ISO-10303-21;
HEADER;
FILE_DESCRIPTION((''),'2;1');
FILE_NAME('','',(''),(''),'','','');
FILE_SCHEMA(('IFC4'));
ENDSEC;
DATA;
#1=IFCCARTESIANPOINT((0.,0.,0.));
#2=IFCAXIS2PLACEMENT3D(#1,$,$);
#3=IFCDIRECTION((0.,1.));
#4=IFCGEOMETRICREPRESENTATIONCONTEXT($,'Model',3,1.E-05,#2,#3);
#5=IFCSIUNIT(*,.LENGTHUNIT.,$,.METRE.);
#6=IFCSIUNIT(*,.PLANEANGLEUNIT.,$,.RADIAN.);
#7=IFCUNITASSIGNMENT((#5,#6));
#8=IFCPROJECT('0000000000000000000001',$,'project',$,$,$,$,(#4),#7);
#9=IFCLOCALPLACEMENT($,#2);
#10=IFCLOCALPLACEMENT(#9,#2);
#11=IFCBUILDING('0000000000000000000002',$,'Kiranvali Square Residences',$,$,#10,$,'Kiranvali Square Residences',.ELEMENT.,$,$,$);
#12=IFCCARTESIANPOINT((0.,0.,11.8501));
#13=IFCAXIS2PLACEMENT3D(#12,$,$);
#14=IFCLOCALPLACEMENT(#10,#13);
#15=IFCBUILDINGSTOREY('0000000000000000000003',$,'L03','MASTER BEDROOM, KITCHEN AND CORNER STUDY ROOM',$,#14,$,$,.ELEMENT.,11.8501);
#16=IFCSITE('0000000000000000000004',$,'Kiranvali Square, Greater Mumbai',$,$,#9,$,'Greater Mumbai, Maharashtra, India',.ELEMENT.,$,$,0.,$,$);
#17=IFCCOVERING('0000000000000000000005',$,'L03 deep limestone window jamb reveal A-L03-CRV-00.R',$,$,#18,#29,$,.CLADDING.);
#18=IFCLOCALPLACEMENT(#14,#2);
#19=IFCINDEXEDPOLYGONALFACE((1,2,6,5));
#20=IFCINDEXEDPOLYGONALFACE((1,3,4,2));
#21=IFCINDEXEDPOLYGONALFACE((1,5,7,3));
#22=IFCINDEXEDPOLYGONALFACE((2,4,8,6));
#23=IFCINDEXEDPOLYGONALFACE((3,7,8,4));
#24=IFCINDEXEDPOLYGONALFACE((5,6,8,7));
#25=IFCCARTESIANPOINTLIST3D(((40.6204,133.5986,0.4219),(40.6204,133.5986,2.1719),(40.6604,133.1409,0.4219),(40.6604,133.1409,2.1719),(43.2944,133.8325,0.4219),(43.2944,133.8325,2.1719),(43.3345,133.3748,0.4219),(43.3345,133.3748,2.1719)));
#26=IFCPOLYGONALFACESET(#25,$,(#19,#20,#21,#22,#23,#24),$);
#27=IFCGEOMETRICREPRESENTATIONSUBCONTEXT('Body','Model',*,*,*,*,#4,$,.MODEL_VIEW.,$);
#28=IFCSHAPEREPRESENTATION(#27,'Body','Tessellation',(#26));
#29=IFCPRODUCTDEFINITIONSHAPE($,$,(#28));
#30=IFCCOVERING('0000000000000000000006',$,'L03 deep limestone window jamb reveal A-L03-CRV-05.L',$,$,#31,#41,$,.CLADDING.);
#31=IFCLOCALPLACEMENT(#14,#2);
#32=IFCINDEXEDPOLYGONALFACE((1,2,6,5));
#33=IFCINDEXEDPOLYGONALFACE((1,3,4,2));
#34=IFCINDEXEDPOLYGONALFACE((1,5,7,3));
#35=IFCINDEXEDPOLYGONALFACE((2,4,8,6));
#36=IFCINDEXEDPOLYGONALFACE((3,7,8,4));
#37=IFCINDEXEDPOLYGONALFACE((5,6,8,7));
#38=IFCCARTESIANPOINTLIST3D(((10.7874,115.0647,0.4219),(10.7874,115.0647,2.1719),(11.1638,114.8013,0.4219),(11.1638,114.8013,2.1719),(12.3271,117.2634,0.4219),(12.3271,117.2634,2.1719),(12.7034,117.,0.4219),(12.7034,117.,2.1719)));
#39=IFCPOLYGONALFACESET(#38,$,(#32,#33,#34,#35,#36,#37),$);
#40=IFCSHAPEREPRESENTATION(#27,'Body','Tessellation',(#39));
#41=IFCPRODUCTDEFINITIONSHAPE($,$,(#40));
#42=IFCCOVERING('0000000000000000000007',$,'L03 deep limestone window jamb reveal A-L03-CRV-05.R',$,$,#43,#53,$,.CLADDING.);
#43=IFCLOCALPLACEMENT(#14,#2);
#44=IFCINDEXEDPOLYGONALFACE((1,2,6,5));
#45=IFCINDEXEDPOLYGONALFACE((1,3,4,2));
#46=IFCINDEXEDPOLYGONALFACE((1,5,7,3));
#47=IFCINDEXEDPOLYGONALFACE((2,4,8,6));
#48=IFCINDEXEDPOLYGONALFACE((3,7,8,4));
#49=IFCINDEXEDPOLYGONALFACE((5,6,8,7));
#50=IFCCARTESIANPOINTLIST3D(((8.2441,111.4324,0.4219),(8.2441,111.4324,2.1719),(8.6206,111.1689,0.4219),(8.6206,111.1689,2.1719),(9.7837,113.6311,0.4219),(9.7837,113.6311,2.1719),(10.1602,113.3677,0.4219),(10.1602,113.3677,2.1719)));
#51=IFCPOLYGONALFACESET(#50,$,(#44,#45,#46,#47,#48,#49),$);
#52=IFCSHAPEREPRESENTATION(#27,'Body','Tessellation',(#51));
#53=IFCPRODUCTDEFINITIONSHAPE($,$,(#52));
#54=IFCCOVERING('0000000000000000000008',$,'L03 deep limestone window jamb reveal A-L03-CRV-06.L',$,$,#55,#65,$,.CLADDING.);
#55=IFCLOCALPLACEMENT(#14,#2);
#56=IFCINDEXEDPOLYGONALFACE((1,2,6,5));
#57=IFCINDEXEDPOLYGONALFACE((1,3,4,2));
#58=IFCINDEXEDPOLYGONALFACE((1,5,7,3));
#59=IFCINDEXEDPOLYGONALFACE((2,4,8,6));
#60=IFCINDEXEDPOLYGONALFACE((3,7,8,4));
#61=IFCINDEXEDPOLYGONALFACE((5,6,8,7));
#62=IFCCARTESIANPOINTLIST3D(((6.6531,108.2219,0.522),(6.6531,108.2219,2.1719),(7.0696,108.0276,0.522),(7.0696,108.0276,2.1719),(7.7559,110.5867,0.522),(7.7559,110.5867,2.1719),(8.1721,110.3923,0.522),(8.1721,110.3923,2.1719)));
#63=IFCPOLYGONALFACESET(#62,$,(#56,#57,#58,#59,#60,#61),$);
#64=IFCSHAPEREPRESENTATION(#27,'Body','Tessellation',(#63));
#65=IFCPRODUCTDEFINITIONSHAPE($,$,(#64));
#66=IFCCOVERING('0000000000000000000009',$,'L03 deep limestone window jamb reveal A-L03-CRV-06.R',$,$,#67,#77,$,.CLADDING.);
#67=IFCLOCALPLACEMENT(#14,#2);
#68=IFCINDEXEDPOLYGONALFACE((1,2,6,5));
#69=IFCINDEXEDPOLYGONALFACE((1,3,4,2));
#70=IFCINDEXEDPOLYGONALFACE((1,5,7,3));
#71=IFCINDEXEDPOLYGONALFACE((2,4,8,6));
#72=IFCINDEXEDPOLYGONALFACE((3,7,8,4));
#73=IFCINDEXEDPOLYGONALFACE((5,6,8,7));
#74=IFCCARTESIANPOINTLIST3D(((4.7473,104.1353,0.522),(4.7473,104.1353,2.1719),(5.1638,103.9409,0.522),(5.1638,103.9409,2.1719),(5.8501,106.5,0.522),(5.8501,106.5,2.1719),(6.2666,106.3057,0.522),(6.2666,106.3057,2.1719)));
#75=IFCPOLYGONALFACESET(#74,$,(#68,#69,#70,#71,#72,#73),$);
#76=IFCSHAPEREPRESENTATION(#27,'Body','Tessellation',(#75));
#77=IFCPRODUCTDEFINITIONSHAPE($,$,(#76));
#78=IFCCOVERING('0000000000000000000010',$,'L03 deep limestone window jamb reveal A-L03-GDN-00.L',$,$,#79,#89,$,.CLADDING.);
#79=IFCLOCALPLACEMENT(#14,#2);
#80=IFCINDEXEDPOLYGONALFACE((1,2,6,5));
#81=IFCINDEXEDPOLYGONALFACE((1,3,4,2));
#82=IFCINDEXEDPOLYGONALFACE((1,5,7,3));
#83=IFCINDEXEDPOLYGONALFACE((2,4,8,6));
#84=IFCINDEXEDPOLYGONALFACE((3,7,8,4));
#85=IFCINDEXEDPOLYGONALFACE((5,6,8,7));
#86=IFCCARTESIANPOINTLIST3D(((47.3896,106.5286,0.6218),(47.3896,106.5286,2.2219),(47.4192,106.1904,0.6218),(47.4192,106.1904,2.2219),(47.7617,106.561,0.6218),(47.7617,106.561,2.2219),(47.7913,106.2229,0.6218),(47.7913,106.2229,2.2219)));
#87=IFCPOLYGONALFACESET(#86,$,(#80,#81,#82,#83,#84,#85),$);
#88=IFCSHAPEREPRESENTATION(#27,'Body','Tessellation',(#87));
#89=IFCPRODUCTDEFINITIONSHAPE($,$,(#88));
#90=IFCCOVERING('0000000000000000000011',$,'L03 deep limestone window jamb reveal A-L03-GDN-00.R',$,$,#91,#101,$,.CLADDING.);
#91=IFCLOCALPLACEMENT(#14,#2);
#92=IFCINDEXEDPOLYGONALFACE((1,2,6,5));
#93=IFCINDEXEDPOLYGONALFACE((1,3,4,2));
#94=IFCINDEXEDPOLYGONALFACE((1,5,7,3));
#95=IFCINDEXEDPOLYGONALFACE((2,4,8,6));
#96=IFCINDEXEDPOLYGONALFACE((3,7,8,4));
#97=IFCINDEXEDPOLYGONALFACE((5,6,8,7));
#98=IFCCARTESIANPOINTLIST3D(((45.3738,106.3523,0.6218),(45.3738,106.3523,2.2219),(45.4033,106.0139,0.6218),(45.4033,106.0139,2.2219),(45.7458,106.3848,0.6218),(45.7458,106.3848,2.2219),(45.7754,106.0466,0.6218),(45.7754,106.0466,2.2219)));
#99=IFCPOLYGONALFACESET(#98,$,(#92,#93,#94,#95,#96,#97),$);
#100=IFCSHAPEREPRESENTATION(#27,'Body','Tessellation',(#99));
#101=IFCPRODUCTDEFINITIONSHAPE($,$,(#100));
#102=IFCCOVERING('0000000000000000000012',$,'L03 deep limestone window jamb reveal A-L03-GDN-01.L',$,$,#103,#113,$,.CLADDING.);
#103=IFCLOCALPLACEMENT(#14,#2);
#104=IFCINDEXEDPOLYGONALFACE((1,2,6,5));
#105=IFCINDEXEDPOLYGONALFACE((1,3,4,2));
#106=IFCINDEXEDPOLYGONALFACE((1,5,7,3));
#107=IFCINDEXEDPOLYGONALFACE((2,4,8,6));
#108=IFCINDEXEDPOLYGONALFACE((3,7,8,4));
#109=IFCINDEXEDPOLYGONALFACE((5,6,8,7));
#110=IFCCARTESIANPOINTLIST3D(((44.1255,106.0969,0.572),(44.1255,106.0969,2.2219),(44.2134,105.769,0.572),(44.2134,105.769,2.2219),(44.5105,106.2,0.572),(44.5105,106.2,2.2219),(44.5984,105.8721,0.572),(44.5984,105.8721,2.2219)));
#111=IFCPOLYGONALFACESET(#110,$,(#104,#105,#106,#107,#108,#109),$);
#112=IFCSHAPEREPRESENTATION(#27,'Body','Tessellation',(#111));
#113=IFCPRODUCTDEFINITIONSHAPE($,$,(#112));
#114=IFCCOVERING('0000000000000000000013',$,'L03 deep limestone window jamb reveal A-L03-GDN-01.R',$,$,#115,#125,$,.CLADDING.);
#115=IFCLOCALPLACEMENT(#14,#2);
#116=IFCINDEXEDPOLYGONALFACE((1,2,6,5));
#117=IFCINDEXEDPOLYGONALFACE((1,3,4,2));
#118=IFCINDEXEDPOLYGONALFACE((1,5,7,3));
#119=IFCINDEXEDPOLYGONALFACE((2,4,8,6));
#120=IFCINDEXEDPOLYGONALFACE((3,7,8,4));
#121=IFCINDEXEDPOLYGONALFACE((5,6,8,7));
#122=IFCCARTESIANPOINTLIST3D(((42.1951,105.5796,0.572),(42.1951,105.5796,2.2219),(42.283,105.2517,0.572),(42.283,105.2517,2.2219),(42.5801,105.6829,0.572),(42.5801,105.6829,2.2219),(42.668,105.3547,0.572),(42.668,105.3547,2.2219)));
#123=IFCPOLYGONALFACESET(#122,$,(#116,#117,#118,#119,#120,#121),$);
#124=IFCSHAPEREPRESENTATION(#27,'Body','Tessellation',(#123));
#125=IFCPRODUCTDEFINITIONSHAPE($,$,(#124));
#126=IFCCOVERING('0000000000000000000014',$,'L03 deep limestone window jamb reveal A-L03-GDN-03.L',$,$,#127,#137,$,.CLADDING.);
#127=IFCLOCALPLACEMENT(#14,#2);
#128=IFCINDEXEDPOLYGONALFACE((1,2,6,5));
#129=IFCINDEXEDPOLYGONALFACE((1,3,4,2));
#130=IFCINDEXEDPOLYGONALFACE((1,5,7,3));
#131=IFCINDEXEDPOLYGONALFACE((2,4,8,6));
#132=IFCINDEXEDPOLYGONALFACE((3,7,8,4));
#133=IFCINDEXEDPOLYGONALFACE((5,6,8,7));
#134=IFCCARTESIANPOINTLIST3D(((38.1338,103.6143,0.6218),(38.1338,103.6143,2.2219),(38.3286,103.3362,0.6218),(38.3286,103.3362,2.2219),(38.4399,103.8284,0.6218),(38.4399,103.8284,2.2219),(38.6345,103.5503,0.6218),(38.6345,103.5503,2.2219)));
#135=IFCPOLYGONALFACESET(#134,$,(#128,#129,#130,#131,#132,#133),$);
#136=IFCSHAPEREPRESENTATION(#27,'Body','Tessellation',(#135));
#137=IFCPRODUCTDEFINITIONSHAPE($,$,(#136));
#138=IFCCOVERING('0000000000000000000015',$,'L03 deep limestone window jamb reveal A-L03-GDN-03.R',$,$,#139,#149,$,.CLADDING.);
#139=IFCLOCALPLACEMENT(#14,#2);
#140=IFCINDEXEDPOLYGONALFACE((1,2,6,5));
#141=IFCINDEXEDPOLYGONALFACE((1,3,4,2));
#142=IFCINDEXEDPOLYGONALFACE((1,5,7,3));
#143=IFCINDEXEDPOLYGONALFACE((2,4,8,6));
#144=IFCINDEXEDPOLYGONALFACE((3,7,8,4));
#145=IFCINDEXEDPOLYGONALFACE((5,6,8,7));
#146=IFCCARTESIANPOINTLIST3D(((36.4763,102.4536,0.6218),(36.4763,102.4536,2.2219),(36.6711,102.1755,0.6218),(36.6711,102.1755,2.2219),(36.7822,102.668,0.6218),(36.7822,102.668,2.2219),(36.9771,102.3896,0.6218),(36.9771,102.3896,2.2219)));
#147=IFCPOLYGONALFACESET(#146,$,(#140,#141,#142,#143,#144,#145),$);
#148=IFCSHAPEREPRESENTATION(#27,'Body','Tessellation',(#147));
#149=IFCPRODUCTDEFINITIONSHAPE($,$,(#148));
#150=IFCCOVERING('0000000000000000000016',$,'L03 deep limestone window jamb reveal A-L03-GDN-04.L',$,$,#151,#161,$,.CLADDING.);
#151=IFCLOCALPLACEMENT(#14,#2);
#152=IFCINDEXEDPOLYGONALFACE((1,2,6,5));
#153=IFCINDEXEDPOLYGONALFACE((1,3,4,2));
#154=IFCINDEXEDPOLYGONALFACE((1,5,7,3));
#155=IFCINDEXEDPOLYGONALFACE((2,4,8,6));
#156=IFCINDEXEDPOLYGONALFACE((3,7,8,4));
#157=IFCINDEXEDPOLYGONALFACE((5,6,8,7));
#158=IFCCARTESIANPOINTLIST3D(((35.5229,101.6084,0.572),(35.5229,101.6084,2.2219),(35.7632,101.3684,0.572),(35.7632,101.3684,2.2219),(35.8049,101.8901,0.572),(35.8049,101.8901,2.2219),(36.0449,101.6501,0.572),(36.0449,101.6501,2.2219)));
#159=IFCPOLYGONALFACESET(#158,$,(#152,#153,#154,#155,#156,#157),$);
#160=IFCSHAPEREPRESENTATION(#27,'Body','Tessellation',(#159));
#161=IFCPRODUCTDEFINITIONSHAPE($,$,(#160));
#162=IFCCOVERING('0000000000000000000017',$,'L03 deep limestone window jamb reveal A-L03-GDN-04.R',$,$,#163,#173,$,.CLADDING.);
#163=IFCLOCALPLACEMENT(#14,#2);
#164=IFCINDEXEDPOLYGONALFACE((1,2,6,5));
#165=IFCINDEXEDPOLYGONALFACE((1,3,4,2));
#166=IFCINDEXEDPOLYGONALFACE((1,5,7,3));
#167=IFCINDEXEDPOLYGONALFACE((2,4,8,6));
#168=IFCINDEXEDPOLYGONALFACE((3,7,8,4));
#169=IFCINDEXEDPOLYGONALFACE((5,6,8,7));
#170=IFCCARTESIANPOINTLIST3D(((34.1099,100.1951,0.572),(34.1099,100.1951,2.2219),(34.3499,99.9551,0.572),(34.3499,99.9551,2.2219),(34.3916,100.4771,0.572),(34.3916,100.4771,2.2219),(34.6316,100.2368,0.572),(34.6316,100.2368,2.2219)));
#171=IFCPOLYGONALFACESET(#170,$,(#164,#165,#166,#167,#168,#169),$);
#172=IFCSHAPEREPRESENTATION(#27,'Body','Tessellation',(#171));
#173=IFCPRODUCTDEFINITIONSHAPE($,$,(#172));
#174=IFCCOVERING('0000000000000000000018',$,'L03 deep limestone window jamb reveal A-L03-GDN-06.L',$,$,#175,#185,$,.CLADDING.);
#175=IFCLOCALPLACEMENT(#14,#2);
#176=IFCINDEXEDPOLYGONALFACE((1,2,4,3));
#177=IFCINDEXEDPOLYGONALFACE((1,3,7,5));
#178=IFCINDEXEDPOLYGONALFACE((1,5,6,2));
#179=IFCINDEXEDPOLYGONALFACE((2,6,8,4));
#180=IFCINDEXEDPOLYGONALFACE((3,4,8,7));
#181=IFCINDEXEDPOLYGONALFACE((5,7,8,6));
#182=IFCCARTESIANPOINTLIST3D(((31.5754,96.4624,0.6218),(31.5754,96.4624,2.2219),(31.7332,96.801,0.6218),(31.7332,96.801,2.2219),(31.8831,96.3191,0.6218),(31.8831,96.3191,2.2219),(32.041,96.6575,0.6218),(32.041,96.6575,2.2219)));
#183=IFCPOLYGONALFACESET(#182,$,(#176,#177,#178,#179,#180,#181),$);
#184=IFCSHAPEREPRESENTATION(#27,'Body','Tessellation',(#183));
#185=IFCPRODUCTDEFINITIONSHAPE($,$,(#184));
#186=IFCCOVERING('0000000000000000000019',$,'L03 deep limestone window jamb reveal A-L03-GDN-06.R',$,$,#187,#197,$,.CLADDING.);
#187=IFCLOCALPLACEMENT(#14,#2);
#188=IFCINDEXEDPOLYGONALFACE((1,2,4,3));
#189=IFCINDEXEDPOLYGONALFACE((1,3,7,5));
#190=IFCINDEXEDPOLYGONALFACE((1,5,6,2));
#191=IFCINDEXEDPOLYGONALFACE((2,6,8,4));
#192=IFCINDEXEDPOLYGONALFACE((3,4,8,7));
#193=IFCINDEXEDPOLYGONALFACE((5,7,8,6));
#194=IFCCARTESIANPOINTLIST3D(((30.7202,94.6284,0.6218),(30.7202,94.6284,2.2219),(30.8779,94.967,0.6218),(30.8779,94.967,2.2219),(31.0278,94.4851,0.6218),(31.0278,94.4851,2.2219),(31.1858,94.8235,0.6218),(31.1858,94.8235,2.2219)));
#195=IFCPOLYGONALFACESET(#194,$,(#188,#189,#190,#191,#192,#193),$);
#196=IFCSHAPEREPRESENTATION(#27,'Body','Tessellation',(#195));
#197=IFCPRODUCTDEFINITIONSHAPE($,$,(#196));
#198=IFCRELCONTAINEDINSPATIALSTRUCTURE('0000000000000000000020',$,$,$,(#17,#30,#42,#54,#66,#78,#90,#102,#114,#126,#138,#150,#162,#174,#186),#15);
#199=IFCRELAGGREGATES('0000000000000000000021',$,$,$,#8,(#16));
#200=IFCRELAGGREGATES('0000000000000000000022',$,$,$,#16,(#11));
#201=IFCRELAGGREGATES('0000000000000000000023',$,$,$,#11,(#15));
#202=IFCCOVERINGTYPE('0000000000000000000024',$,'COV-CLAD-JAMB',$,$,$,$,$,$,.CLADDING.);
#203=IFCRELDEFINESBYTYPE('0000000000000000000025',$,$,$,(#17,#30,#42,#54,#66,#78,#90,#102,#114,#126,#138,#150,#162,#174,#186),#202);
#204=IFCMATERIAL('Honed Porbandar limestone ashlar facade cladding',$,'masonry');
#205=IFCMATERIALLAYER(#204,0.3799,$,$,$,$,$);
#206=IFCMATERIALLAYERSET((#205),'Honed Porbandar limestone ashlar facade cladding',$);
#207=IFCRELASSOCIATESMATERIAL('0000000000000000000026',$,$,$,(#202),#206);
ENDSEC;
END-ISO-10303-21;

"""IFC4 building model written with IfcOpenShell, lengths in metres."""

from ifc_helpers import new_model, si_unit, direction, frame, origin, place, context, subcontext, project, spatial, polyline, outline, extrude, material, layer, layer_set, type_object, element, save


model = new_model("IFC4")

# Units and contexts
model_context = context("Model", 3, precision=1e-05, world=origin(), true_north=direction((0.0, 1.0)))
body_context = subcontext(model_context, "Body", "Model", "MODEL_VIEW")
ifc_project = project(units=[si_unit("LENGTHUNIT", "METRE"), si_unit("PLANEANGLEUNIT", "RADIAN")], contexts=[model_context])

# Site, building, storey
site_placement = place(None, origin())
site = spatial("IfcSite", under=ifc_project, at=site_placement, Name="Kiranvali Square, Greater Mumbai", LongName="Greater Mumbai, Maharashtra, India", CompositionType="ELEMENT", RefElevation=0.0)
building_placement = place(site_placement, origin())
building = spatial("IfcBuilding", under=site, at=building_placement, Name="Kiranvali Square Residences", LongName="Kiranvali Square Residences", CompositionType="ELEMENT")
storey_placement = place(building_placement, frame((0.0, 0.0, 11.8501)))
storey = spatial("IfcBuildingStorey", under=building, at=storey_placement, Name="L03", Description="MASTER BEDROOM, KITCHEN AND CORNER STUDY ROOM", CompositionType="ELEMENT", Elevation=11.8501)

# Coverings
ifc_material = material(Name="Honed Porbandar limestone ashlar facade cladding", Category="masonry")
ifc_layer = layer(ifc_material, 0.3799)
ifc_layer_set = layer_set([ifc_layer], Name="Honed Porbandar limestone ashlar facade cladding")
covering_type = type_object("IfcCoveringType", Name="COV-CLAD-JAMB", PredefinedType="CLADDING", material=ifc_layer_set)
covering_1_placement = place(storey_placement, frame((0.0, 0.0, 0.4219)))
element("IfcCovering", 1, at=covering_1_placement, inside=storey, type_object=covering_type, Name="L03 deep limestone window jamb reveal A-L03-CRV-00.R", PredefinedType="CLADDING", context=body_context, shape_type="SweptSolid", body=[
    extrude(outline(polyline([(43.2944, 133.8325), (40.6204, 133.5986), (40.6604, 133.1409), (43.3345, 133.3748), (43.2944, 133.8325)])), origin(), (0.0, 0.0, 1.0), 1.75),
])
covering_2_placement = place(storey_placement, frame((0.0, 0.0, 0.4219)))
element("IfcCovering", 2, at=covering_2_placement, inside=storey, type_object=covering_type, Name="L03 deep limestone window jamb reveal A-L03-CRV-05.L", PredefinedType="CLADDING", context=body_context, shape_type="SweptSolid", body=[
    extrude(outline(polyline([(12.3271, 117.2634), (10.7874, 115.0647), (11.1638, 114.8013), (12.7034, 117.0), (12.3271, 117.2634)])), origin(), (0.0, 0.0, 1.0), 1.75),
])
covering_3_placement = place(storey_placement, frame((0.0, 0.0, 0.4219)))
element("IfcCovering", 3, at=covering_3_placement, inside=storey, type_object=covering_type, Name="L03 deep limestone window jamb reveal A-L03-CRV-05.R", PredefinedType="CLADDING", context=body_context, shape_type="SweptSolid", body=[
    extrude(outline(polyline([(9.7837, 113.6311), (8.2441, 111.4324), (8.6206, 111.1689), (10.1602, 113.3677), (9.7837, 113.6311)])), origin(), (0.0, 0.0, 1.0), 1.75),
])
covering_4_placement = place(storey_placement, frame((0.0, 0.0, 0.522)))
element("IfcCovering", 4, at=covering_4_placement, inside=storey, type_object=covering_type, Name="L03 deep limestone window jamb reveal A-L03-CRV-06.L", PredefinedType="CLADDING", context=body_context, shape_type="SweptSolid", body=[
    extrude(outline(polyline([(7.7559, 110.5867), (6.6531, 108.2219), (7.0696, 108.0276), (8.1721, 110.3923), (7.7559, 110.5867)])), origin(), (0.0, 0.0, 1.0), 1.6499),
])
covering_5_placement = place(storey_placement, frame((0.0, 0.0, 0.522)))
element("IfcCovering", 5, at=covering_5_placement, inside=storey, type_object=covering_type, Name="L03 deep limestone window jamb reveal A-L03-CRV-06.R", PredefinedType="CLADDING", context=body_context, shape_type="SweptSolid", body=[
    extrude(outline(polyline([(5.8501, 106.5), (4.7473, 104.1353), (5.1638, 103.9409), (6.2666, 106.3057), (5.8501, 106.5)])), origin(), (0.0, 0.0, 1.0), 1.6499),
])
covering_6_placement = place(storey_placement, frame((0.0, 0.0, 0.6218)))
element("IfcCovering", 6, at=covering_6_placement, inside=storey, type_object=covering_type, Name="L03 deep limestone window jamb reveal A-L03-GDN-00.L", PredefinedType="CLADDING", context=body_context, shape_type="SweptSolid", body=[
    extrude(outline(polyline([(47.7617, 106.561), (47.3896, 106.5286), (47.4192, 106.1904), (47.7913, 106.2229), (47.7617, 106.561)])), origin(), (0.0, 0.0, 1.0), 1.6001),
])
covering_7_placement = place(storey_placement, frame((0.0, 0.0, 0.6218)))
element("IfcCovering", 7, at=covering_7_placement, inside=storey, type_object=covering_type, Name="L03 deep limestone window jamb reveal A-L03-GDN-00.R", PredefinedType="CLADDING", context=body_context, shape_type="SweptSolid", body=[
    extrude(outline(polyline([(45.7458, 106.3848), (45.3738, 106.3523), (45.4033, 106.0139), (45.7754, 106.0466), (45.7458, 106.3848)])), origin(), (0.0, 0.0, 1.0), 1.6001),
])
covering_8_placement = place(storey_placement, frame((0.0, 0.0, 0.572)))
element("IfcCovering", 8, at=covering_8_placement, inside=storey, type_object=covering_type, Name="L03 deep limestone window jamb reveal A-L03-GDN-01.L", PredefinedType="CLADDING", context=body_context, shape_type="SweptSolid", body=[
    extrude(outline(polyline([(44.5105, 106.2), (44.1255, 106.0969), (44.2134, 105.769), (44.5984, 105.8721), (44.5105, 106.2)])), origin(), (0.0, 0.0, 1.0), 1.6499),
])
covering_9_placement = place(storey_placement, frame((0.0, 0.0, 0.572)))
element("IfcCovering", 9, at=covering_9_placement, inside=storey, type_object=covering_type, Name="L03 deep limestone window jamb reveal A-L03-GDN-01.R", PredefinedType="CLADDING", context=body_context, shape_type="SweptSolid", body=[
    extrude(outline(polyline([(42.5801, 105.6829), (42.1951, 105.5796), (42.283, 105.2517), (42.668, 105.3547), (42.5801, 105.6829)])), origin(), (0.0, 0.0, 1.0), 1.6499),
])
covering_10_placement = place(storey_placement, frame((0.0, 0.0, 0.6218)))
element("IfcCovering", 10, at=covering_10_placement, inside=storey, type_object=covering_type, Name="L03 deep limestone window jamb reveal A-L03-GDN-03.L", PredefinedType="CLADDING", context=body_context, shape_type="SweptSolid", body=[
    extrude(outline(polyline([(38.4399, 103.8284), (38.1338, 103.6143), (38.3286, 103.3362), (38.6345, 103.5503), (38.4399, 103.8284)])), origin(), (0.0, 0.0, 1.0), 1.6001),
])
covering_11_placement = place(storey_placement, frame((0.0, 0.0, 0.6218)))
element("IfcCovering", 11, at=covering_11_placement, inside=storey, type_object=covering_type, Name="L03 deep limestone window jamb reveal A-L03-GDN-03.R", PredefinedType="CLADDING", context=body_context, shape_type="SweptSolid", body=[
    extrude(outline(polyline([(36.7822, 102.668), (36.4763, 102.4536), (36.6711, 102.1755), (36.9771, 102.3896), (36.7822, 102.668)])), origin(), (0.0, 0.0, 1.0), 1.6001),
])
covering_12_placement = place(storey_placement, frame((0.0, 0.0, 0.572)))
element("IfcCovering", 12, at=covering_12_placement, inside=storey, type_object=covering_type, Name="L03 deep limestone window jamb reveal A-L03-GDN-04.L", PredefinedType="CLADDING", context=body_context, shape_type="SweptSolid", body=[
    extrude(outline(polyline([(35.8049, 101.8901), (35.5229, 101.6084), (35.7632, 101.3684), (36.0449, 101.6501), (35.8049, 101.8901)])), origin(), (0.0, 0.0, 1.0), 1.6499),
])
covering_13_placement = place(storey_placement, frame((0.0, 0.0, 0.572)))
element("IfcCovering", 13, at=covering_13_placement, inside=storey, type_object=covering_type, Name="L03 deep limestone window jamb reveal A-L03-GDN-04.R", PredefinedType="CLADDING", context=body_context, shape_type="SweptSolid", body=[
    extrude(outline(polyline([(34.3916, 100.4771), (34.1099, 100.1951), (34.3499, 99.9551), (34.6316, 100.2368), (34.3916, 100.4771)])), origin(), (0.0, 0.0, 1.0), 1.6499),
])
covering_14_placement = place(storey_placement, frame((0.0, 0.0, 0.6218)))
element("IfcCovering", 14, at=covering_14_placement, inside=storey, type_object=covering_type, Name="L03 deep limestone window jamb reveal A-L03-GDN-06.L", PredefinedType="CLADDING", context=body_context, shape_type="SweptSolid", body=[
    extrude(outline(polyline([(31.7332, 96.801), (31.5754, 96.4624), (31.8831, 96.3191), (32.041, 96.6575), (31.7332, 96.801)])), origin(), (0.0, 0.0, 1.0), 1.6001),
])
covering_15_placement = place(storey_placement, frame((0.0, 0.0, 0.6218)))
element("IfcCovering", 15, at=covering_15_placement, inside=storey, type_object=covering_type, Name="L03 deep limestone window jamb reveal A-L03-GDN-06.R", PredefinedType="CLADDING", context=body_context, shape_type="SweptSolid", body=[
    extrude(outline(polyline([(30.8779, 94.967), (30.7202, 94.6284), (31.0278, 94.4851), (31.1858, 94.8235), (30.8779, 94.967)])), origin(), (0.0, 0.0, 1.0), 1.6001),
])

save(model, "model.ifc")
